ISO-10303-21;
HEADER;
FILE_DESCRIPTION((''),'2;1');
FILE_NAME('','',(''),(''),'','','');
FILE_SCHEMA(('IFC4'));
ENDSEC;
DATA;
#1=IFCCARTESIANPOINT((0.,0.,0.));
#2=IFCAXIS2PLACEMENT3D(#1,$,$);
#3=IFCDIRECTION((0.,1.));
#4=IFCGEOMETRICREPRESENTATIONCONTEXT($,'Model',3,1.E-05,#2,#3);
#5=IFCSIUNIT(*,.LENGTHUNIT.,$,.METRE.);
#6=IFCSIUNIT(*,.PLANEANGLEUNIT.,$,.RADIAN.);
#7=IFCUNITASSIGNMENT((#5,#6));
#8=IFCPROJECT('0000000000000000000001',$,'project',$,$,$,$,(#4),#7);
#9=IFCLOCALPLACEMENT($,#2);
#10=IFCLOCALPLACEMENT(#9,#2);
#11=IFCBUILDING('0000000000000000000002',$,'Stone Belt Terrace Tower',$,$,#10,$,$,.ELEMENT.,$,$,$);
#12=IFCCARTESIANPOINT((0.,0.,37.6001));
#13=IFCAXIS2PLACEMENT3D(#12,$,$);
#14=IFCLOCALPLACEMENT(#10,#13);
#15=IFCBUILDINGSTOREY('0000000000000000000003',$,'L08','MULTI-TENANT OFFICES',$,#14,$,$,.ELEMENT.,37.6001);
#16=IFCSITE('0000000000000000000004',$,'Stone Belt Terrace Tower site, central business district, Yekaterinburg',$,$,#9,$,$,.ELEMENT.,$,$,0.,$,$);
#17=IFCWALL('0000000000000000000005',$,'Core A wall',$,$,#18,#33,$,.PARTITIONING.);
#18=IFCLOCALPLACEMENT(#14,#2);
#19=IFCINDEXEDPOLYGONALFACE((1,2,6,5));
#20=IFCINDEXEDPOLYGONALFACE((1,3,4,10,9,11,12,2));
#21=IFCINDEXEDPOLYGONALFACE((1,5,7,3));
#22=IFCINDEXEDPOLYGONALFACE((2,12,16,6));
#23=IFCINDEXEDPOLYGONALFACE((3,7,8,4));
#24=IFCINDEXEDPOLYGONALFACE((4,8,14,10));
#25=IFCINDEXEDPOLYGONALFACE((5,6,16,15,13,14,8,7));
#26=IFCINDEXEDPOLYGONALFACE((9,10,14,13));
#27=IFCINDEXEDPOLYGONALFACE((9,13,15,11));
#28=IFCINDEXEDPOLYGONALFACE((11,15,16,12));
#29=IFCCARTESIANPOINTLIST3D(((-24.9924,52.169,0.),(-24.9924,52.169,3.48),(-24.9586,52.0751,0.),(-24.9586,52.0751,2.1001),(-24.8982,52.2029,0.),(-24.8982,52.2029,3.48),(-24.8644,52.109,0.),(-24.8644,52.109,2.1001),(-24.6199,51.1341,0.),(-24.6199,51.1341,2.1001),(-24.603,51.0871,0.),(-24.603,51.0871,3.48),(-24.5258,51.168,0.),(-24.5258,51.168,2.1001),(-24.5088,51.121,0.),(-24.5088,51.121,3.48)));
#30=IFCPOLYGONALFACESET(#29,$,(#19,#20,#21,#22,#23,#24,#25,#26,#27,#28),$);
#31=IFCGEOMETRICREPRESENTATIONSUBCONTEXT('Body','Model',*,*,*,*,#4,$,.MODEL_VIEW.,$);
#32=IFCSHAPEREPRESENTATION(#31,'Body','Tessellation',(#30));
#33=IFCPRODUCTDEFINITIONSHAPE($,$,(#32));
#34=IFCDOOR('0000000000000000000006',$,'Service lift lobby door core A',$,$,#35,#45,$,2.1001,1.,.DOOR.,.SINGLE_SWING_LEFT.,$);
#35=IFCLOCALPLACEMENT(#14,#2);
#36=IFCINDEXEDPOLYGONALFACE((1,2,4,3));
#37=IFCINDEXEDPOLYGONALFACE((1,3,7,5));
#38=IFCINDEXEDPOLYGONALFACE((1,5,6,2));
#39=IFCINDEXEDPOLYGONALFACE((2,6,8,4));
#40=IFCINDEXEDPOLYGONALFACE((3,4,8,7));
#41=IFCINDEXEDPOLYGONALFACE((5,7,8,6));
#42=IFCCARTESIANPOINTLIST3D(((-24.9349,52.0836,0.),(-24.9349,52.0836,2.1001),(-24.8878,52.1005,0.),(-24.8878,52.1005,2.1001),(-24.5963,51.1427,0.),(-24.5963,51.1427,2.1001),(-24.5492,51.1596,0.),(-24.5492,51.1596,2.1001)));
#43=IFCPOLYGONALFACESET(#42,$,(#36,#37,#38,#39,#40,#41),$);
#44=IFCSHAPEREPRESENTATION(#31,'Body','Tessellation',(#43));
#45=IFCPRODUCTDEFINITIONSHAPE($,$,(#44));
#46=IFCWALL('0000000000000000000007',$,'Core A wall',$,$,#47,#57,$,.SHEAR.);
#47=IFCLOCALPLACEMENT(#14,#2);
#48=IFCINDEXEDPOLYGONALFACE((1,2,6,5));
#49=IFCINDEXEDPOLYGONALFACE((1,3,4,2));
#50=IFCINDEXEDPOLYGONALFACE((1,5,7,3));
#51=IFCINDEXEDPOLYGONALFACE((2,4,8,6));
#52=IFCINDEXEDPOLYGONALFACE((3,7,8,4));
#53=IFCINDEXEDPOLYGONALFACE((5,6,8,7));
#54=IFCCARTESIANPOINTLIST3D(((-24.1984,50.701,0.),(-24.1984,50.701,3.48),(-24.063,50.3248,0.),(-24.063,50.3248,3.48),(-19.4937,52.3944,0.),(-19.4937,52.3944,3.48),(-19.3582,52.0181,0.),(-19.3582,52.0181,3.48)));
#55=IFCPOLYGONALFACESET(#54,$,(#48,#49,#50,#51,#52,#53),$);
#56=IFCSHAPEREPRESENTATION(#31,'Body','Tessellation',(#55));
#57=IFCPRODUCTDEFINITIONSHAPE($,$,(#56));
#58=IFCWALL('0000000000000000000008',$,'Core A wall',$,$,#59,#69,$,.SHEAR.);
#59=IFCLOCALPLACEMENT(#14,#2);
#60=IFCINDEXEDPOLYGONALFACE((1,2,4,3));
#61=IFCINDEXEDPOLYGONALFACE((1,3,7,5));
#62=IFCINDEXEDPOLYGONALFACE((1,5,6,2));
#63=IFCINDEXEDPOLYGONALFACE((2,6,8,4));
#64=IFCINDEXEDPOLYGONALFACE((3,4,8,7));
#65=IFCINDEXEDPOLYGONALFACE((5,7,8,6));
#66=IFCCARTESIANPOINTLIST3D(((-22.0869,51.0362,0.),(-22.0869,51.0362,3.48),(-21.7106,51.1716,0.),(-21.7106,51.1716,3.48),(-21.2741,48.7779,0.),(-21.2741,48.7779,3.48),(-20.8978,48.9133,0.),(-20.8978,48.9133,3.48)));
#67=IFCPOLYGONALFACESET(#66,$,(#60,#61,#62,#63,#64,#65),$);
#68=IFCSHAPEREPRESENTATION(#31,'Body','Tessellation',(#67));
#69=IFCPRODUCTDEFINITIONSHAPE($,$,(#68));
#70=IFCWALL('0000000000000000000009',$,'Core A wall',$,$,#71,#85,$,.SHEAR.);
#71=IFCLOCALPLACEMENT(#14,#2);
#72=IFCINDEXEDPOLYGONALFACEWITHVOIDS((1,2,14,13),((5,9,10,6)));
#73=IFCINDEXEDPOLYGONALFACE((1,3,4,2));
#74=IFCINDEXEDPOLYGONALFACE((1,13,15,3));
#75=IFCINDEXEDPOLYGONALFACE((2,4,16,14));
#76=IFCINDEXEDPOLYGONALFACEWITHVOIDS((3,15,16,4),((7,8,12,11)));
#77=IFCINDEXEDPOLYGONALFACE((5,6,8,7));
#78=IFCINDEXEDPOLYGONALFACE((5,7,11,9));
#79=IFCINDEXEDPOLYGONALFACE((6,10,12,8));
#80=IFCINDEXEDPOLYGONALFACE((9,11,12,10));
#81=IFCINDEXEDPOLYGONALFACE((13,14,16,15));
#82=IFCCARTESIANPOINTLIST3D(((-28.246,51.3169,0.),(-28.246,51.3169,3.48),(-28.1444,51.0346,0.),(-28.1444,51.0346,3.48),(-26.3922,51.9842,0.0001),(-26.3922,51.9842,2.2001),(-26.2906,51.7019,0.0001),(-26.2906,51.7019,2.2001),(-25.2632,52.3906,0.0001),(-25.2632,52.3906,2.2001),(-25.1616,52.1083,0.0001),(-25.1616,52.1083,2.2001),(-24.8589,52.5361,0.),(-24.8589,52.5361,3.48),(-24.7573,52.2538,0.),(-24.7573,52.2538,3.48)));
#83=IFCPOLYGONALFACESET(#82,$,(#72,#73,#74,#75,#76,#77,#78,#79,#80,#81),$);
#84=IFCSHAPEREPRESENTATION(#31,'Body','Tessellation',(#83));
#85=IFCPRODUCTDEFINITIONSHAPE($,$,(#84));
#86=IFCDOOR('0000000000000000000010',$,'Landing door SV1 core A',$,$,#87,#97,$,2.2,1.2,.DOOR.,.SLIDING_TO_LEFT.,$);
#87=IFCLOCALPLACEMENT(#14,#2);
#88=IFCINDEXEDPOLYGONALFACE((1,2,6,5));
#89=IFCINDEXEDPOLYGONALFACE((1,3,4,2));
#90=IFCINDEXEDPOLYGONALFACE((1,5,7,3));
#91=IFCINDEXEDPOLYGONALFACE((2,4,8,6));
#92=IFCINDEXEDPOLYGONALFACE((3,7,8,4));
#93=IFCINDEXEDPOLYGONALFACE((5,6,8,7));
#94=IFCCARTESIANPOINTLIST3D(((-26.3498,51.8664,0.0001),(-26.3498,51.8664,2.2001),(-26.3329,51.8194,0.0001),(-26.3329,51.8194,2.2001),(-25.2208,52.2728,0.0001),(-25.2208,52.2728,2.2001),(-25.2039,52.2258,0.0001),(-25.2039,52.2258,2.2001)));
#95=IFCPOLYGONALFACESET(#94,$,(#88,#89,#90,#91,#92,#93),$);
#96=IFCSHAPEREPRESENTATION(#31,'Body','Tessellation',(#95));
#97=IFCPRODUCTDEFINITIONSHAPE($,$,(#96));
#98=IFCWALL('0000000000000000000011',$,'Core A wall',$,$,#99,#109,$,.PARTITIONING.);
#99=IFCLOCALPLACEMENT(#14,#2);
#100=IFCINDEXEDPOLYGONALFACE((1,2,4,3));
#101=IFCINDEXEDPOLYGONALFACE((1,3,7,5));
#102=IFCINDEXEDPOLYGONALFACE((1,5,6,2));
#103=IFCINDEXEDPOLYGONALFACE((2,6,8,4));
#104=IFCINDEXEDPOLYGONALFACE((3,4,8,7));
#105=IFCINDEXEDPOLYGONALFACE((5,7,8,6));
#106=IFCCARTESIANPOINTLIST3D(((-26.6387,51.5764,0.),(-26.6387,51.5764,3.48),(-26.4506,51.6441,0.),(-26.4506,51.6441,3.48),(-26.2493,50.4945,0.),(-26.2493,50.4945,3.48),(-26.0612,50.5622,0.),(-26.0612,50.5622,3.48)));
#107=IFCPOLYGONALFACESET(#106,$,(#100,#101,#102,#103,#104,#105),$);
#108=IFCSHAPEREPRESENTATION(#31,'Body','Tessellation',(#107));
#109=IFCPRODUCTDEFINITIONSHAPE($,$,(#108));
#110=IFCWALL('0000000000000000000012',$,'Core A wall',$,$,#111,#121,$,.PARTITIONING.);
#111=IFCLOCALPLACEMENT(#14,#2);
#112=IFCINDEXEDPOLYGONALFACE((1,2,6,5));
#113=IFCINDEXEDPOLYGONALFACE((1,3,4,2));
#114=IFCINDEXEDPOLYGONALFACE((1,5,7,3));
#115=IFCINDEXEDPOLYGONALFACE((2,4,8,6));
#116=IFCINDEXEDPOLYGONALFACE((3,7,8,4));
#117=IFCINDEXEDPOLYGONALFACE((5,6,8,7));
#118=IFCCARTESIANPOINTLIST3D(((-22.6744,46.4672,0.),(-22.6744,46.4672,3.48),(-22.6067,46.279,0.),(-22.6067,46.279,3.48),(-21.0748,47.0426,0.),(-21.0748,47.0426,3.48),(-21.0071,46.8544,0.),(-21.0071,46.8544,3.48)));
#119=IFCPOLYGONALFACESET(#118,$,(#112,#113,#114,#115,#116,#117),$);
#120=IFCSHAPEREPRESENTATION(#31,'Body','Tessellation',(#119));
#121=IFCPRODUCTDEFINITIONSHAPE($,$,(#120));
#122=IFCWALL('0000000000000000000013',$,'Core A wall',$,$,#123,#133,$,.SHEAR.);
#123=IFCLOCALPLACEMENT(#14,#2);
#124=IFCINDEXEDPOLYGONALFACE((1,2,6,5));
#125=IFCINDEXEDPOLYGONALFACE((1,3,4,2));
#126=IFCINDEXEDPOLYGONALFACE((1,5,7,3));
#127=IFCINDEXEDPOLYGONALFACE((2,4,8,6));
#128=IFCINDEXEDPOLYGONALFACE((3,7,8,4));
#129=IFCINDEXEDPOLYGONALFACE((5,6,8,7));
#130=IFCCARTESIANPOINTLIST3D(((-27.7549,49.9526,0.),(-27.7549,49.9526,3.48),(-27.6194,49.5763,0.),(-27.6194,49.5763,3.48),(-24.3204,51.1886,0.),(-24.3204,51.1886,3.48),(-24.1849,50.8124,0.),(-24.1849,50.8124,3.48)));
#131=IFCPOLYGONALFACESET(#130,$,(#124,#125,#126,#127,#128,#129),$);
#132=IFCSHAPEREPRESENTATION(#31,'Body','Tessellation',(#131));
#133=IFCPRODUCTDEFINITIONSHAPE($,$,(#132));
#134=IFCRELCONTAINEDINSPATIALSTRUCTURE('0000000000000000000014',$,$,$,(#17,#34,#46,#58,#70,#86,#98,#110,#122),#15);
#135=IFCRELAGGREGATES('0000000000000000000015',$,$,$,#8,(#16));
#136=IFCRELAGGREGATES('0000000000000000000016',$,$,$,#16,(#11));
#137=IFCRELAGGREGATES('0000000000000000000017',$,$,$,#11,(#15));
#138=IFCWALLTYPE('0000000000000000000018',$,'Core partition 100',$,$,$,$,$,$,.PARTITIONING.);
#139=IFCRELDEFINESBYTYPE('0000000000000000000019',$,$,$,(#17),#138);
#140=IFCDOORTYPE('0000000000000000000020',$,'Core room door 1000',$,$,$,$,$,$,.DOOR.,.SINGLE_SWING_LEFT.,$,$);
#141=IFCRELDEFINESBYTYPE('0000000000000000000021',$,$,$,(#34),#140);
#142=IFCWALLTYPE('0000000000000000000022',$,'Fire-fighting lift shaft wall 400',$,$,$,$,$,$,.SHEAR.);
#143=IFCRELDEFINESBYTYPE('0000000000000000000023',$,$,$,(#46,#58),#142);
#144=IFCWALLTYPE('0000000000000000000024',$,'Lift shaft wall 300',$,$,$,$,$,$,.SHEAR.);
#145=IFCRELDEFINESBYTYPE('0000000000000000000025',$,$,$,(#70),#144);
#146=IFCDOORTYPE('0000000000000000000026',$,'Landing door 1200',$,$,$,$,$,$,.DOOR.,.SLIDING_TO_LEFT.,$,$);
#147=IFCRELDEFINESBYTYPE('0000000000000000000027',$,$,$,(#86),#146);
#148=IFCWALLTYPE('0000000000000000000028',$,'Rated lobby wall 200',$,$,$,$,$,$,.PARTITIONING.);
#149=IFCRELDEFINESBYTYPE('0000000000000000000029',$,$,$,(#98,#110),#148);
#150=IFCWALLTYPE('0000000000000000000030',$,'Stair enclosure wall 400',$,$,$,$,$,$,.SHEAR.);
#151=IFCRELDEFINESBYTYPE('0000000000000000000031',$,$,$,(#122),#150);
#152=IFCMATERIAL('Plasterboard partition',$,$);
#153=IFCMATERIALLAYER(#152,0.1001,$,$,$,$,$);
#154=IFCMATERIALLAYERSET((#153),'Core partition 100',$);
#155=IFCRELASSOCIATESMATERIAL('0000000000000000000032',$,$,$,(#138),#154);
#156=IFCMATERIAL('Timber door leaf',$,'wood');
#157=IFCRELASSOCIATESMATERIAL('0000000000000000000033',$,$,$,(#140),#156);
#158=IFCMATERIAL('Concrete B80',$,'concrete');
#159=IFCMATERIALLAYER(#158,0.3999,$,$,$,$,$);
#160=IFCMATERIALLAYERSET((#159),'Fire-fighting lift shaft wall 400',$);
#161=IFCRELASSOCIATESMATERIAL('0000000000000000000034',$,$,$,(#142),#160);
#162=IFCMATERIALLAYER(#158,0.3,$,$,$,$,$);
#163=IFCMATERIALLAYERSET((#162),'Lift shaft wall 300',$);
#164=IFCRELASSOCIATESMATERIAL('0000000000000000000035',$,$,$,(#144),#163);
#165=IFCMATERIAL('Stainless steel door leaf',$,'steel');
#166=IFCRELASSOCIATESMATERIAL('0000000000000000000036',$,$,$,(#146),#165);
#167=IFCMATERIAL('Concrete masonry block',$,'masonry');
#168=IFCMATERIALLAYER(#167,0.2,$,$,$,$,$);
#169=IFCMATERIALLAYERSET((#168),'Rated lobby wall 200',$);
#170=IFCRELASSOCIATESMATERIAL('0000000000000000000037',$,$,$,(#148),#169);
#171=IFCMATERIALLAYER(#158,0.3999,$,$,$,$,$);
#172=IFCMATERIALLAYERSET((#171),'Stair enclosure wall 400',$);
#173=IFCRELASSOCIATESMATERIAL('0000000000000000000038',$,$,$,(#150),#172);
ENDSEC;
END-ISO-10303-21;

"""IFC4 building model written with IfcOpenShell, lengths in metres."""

from ifc_helpers import new_model, si_unit, direction, frame, frame_2d, origin, place, context, subcontext, project, spatial, rectangle, extrude, material, layer, layer_set, type_object, element, fill, save


model = new_model("IFC4")

# Units and contexts
model_context = context("Model", 3, precision=1e-05, world=origin(), true_north=direction((0.0, 1.0)))
body_context = subcontext(model_context, "Body", "Model", "MODEL_VIEW")
ifc_project = project(units=[si_unit("LENGTHUNIT", "METRE"), si_unit("PLANEANGLEUNIT", "RADIAN")], contexts=[model_context])

# Site, building, storey
site_placement = place(None, origin())
site = spatial("IfcSite", under=ifc_project, at=site_placement, Name="Stone Belt Terrace Tower site, central business district, Yekaterinburg", CompositionType="ELEMENT", RefElevation=0.0)
building_placement = place(site_placement, origin())
building = spatial("IfcBuilding", under=site, at=building_placement, Name="Stone Belt Terrace Tower", CompositionType="ELEMENT")
storey_placement = place(building_placement, frame((0.0, 0.0, 37.6001)))
storey = spatial("IfcBuildingStorey", under=building, at=storey_placement, Name="L08", Description="MULTI-TENANT OFFICES", CompositionType="ELEMENT", Elevation=37.6001)

# Wall, opening, door
ifc_material_1 = material(Name="Plasterboard partition")
ifc_layer_1 = layer(ifc_material_1, 0.1001)
ifc_layer_set_1 = layer_set([ifc_layer_1], Name="Core partition 100")
wall_type_1 = type_object("IfcWallType", Name="Core partition 100", PredefinedType="PARTITIONING", material=ifc_layer_set_1)
wall_1_placement = place(storey_placement, frame((-24.5559, 51.104, 0.0), z_axis=(0.0, 0.0, 1.0), x_axis=(-0.338622, 0.940923, 0.0)))
wall_1 = element("IfcWall", 1, at=wall_1_placement, inside=storey, type_object=wall_type_1, Name="Core A wall", PredefinedType="PARTITIONING", context=body_context, shape_type="SweptSolid", body=[
    extrude(rectangle(XDim=1.1499, YDim=0.1001, at=frame_2d((0.575, 0.0))), origin(), (0.0, 0.0, 1.0), 3.48),
])
opening_1_placement = place(wall_1_placement, frame((0.05, 0.0, 0.0)))
opening_1 = element("IfcOpeningElement", 2, at=opening_1_placement, cuts=wall_1, PredefinedType="OPENING", context=body_context, shape_type="SweptSolid", body=[
    extrude(rectangle(XDim=1.0, YDim=2.1001, at=frame_2d((0.5, 1.05))), frame((0.0, 0.0601, 0.0), z_axis=(0.0, -1.0, 0.0), x_axis=(1.0, 0.0, 0.0)), (0.0, 0.0, 1.0), 0.1201),
])
ifc_material_2 = material(Name="Timber door leaf", Category="wood")
door_type_1 = type_object("IfcDoorType", Name="Core room door 1000", OperationType="SINGLE_SWING_LEFT", PredefinedType="DOOR", material=ifc_material_2)
door_1_placement = place(opening_1_placement, origin())
door_1 = element("IfcDoor", 3, at=door_1_placement, inside=storey, type_object=door_type_1, Name="Service lift lobby door core A", OperationType="SINGLE_SWING_LEFT", OverallHeight=2.1001, OverallWidth=1.0, PredefinedType="DOOR", context=body_context, shape_type="SweptSolid", body=[
    extrude(rectangle(XDim=1.0, YDim=2.1001, at=frame_2d((0.5, 1.05))), frame((0.0, 0.0249, 0.0), z_axis=(0.0, -1.0, 0.0), x_axis=(1.0, 0.0, 0.0)), (0.0, 0.0, 1.0), 0.05),
])
fill(opening_1, door_1)

# Walls
ifc_material_3 = material(Name="Concrete B80", Category="concrete")
ifc_layer_2 = layer(ifc_material_3, 0.3999)
ifc_layer_set_2 = layer_set([ifc_layer_2], Name="Fire-fighting lift shaft wall 400")
wall_type_2 = type_object("IfcWallType", Name="Fire-fighting lift shaft wall 400", PredefinedType="SHEAR", material=ifc_layer_set_2)
wall_2_placement = place(storey_placement, frame((-24.1306, 50.5129, 0.0), z_axis=(0.0, 0.0, 1.0), x_axis=(0.940912, 0.338652, 0.0)))
element("IfcWall", 4, at=wall_2_placement, inside=storey, type_object=wall_type_2, Name="Core A wall", PredefinedType="SHEAR", context=body_context, shape_type="SweptSolid", body=[
    extrude(rectangle(XDim=5.0002, YDim=0.3999, at=frame_2d((2.5, 0.0))), origin(), (0.0, 0.0, 1.0), 3.48),
])
wall_3_placement = place(storey_placement, frame((-21.0859, 48.8455, 0.0), z_axis=(0.0, 0.0, 1.0), x_axis=(-0.338629, 0.94092, 0.0)))
element("IfcWall", 5, at=wall_3_placement, inside=storey, type_object=wall_type_2, Name="Core A wall", PredefinedType="SHEAR", context=body_context, shape_type="SweptSolid", body=[
    extrude(rectangle(XDim=2.4001, YDim=0.3999, at=frame_2d((1.2002, 0.0))), origin(), (0.0, 0.0, 1.0), 3.48),
])

# Wall, opening, door
ifc_layer_3 = layer(ifc_material_3, 0.3)
ifc_layer_set_3 = layer_set([ifc_layer_3], Name="Lift shaft wall 300")
wall_type_3 = type_object("IfcWallType", Name="Lift shaft wall 300", PredefinedType="SHEAR", material=ifc_layer_set_3)
wall_4_placement = place(storey_placement, frame((-28.1951, 51.1758, 0.0), z_axis=(0.0, 0.0, 1.0), x_axis=(0.940901, 0.338681, 0.0)))
wall_4 = element("IfcWall", 6, at=wall_4_placement, inside=storey, type_object=wall_type_3, Name="Core A wall", PredefinedType="SHEAR", context=body_context, shape_type="SweptSolid", body=[
    extrude(rectangle(XDim=3.5999, YDim=0.3, at=frame_2d((1.7998, 0.0))), origin(), (0.0, 0.0, 1.0), 3.48),
])
opening_2_placement = place(wall_4_placement, frame((1.97, 0.0, 0.0)))
opening_2 = element("IfcOpeningElement", 7, at=opening_2_placement, cuts=wall_4, PredefinedType="OPENING", context=body_context, shape_type="SweptSolid", body=[
    extrude(rectangle(XDim=1.2, YDim=2.2, at=frame_2d((0.6001, 1.1001))), frame((0.0, 0.1599, 0.0), z_axis=(0.0, -1.0, 0.0), x_axis=(1.0, 0.0, 0.0)), (0.0, 0.0, 1.0), 0.3201),
])
ifc_material_4 = material(Name="Stainless steel door leaf", Category="steel")
door_type_2 = type_object("IfcDoorType", Name="Landing door 1200", OperationType="SLIDING_TO_LEFT", PredefinedType="DOOR", material=ifc_material_4)
door_2_placement = place(opening_2_placement, origin())
door_2 = element("IfcDoor", 8, at=door_2_placement, inside=storey, type_object=door_type_2, Name="Landing door SV1 core A", OperationType="SLIDING_TO_LEFT", OverallHeight=2.2, OverallWidth=1.2, PredefinedType="DOOR", context=body_context, shape_type="SweptSolid", body=[
    extrude(rectangle(XDim=1.2, YDim=2.2, at=frame_2d((0.6001, 1.1001))), frame((0.0, 0.0249, 0.0), z_axis=(0.0, -1.0, 0.0), x_axis=(1.0, 0.0, 0.0)), (0.0, 0.0, 1.0), 0.05),
])
fill(opening_2, door_2)

# Walls
ifc_material_5 = material(Name="Concrete masonry block", Category="masonry")
ifc_layer_4 = layer(ifc_material_5, 0.2)
ifc_layer_set_4 = layer_set([ifc_layer_4], Name="Rated lobby wall 200")
wall_type_4 = type_object("IfcWallType", Name="Rated lobby wall 200", PredefinedType="PARTITIONING", material=ifc_layer_set_4)
wall_5_placement = place(storey_placement, frame((-26.1553, 50.5283, 0.0), z_axis=(0.0, 0.0, 1.0), x_axis=(-0.338622, 0.940923, 0.0)))
element("IfcWall", 9, at=wall_5_placement, inside=storey, type_object=wall_type_4, Name="Core A wall", PredefinedType="PARTITIONING", context=body_context, shape_type="SweptSolid", body=[
    extrude(rectangle(XDim=1.1499, YDim=0.2, at=frame_2d((0.575, 0.0))), origin(), (0.0, 0.0, 1.0), 3.48),
])
wall_6_placement = place(storey_placement, frame((-22.6406, 46.373, 0.0), z_axis=(0.0, 0.0, 1.0), x_axis=(0.940966, 0.338501, 0.0)))
element("IfcWall", 10, at=wall_6_placement, inside=storey, type_object=wall_type_4, Name="Core A wall", PredefinedType="PARTITIONING", context=body_context, shape_type="SweptSolid", body=[
    extrude(rectangle(XDim=1.7, YDim=0.2, at=frame_2d((0.8501, 0.0))), origin(), (0.0, 0.0, 1.0), 3.48),
])
ifc_layer_5 = layer(ifc_material_3, 0.3999)
ifc_layer_set_5 = layer_set([ifc_layer_5], Name="Stair enclosure wall 400")
wall_type_5 = type_object("IfcWallType", Name="Stair enclosure wall 400", PredefinedType="SHEAR", material=ifc_layer_set_5)
wall_7_placement = place(storey_placement, frame((-27.6873, 49.7644, 0.0), z_axis=(0.0, 0.0, 1.0), x_axis=(0.940919, 0.338632, 0.0)))
element("IfcWall", 11, at=wall_7_placement, inside=storey, type_object=wall_type_5, Name="Core A wall", PredefinedType="SHEAR", context=body_context, shape_type="SweptSolid", body=[
    extrude(rectangle(XDim=3.6501, YDim=0.3999, at=frame_2d((1.8252, 0.0))), origin(), (0.0, 0.0, 1.0), 3.48),
])

save(model, "model.ifc")
